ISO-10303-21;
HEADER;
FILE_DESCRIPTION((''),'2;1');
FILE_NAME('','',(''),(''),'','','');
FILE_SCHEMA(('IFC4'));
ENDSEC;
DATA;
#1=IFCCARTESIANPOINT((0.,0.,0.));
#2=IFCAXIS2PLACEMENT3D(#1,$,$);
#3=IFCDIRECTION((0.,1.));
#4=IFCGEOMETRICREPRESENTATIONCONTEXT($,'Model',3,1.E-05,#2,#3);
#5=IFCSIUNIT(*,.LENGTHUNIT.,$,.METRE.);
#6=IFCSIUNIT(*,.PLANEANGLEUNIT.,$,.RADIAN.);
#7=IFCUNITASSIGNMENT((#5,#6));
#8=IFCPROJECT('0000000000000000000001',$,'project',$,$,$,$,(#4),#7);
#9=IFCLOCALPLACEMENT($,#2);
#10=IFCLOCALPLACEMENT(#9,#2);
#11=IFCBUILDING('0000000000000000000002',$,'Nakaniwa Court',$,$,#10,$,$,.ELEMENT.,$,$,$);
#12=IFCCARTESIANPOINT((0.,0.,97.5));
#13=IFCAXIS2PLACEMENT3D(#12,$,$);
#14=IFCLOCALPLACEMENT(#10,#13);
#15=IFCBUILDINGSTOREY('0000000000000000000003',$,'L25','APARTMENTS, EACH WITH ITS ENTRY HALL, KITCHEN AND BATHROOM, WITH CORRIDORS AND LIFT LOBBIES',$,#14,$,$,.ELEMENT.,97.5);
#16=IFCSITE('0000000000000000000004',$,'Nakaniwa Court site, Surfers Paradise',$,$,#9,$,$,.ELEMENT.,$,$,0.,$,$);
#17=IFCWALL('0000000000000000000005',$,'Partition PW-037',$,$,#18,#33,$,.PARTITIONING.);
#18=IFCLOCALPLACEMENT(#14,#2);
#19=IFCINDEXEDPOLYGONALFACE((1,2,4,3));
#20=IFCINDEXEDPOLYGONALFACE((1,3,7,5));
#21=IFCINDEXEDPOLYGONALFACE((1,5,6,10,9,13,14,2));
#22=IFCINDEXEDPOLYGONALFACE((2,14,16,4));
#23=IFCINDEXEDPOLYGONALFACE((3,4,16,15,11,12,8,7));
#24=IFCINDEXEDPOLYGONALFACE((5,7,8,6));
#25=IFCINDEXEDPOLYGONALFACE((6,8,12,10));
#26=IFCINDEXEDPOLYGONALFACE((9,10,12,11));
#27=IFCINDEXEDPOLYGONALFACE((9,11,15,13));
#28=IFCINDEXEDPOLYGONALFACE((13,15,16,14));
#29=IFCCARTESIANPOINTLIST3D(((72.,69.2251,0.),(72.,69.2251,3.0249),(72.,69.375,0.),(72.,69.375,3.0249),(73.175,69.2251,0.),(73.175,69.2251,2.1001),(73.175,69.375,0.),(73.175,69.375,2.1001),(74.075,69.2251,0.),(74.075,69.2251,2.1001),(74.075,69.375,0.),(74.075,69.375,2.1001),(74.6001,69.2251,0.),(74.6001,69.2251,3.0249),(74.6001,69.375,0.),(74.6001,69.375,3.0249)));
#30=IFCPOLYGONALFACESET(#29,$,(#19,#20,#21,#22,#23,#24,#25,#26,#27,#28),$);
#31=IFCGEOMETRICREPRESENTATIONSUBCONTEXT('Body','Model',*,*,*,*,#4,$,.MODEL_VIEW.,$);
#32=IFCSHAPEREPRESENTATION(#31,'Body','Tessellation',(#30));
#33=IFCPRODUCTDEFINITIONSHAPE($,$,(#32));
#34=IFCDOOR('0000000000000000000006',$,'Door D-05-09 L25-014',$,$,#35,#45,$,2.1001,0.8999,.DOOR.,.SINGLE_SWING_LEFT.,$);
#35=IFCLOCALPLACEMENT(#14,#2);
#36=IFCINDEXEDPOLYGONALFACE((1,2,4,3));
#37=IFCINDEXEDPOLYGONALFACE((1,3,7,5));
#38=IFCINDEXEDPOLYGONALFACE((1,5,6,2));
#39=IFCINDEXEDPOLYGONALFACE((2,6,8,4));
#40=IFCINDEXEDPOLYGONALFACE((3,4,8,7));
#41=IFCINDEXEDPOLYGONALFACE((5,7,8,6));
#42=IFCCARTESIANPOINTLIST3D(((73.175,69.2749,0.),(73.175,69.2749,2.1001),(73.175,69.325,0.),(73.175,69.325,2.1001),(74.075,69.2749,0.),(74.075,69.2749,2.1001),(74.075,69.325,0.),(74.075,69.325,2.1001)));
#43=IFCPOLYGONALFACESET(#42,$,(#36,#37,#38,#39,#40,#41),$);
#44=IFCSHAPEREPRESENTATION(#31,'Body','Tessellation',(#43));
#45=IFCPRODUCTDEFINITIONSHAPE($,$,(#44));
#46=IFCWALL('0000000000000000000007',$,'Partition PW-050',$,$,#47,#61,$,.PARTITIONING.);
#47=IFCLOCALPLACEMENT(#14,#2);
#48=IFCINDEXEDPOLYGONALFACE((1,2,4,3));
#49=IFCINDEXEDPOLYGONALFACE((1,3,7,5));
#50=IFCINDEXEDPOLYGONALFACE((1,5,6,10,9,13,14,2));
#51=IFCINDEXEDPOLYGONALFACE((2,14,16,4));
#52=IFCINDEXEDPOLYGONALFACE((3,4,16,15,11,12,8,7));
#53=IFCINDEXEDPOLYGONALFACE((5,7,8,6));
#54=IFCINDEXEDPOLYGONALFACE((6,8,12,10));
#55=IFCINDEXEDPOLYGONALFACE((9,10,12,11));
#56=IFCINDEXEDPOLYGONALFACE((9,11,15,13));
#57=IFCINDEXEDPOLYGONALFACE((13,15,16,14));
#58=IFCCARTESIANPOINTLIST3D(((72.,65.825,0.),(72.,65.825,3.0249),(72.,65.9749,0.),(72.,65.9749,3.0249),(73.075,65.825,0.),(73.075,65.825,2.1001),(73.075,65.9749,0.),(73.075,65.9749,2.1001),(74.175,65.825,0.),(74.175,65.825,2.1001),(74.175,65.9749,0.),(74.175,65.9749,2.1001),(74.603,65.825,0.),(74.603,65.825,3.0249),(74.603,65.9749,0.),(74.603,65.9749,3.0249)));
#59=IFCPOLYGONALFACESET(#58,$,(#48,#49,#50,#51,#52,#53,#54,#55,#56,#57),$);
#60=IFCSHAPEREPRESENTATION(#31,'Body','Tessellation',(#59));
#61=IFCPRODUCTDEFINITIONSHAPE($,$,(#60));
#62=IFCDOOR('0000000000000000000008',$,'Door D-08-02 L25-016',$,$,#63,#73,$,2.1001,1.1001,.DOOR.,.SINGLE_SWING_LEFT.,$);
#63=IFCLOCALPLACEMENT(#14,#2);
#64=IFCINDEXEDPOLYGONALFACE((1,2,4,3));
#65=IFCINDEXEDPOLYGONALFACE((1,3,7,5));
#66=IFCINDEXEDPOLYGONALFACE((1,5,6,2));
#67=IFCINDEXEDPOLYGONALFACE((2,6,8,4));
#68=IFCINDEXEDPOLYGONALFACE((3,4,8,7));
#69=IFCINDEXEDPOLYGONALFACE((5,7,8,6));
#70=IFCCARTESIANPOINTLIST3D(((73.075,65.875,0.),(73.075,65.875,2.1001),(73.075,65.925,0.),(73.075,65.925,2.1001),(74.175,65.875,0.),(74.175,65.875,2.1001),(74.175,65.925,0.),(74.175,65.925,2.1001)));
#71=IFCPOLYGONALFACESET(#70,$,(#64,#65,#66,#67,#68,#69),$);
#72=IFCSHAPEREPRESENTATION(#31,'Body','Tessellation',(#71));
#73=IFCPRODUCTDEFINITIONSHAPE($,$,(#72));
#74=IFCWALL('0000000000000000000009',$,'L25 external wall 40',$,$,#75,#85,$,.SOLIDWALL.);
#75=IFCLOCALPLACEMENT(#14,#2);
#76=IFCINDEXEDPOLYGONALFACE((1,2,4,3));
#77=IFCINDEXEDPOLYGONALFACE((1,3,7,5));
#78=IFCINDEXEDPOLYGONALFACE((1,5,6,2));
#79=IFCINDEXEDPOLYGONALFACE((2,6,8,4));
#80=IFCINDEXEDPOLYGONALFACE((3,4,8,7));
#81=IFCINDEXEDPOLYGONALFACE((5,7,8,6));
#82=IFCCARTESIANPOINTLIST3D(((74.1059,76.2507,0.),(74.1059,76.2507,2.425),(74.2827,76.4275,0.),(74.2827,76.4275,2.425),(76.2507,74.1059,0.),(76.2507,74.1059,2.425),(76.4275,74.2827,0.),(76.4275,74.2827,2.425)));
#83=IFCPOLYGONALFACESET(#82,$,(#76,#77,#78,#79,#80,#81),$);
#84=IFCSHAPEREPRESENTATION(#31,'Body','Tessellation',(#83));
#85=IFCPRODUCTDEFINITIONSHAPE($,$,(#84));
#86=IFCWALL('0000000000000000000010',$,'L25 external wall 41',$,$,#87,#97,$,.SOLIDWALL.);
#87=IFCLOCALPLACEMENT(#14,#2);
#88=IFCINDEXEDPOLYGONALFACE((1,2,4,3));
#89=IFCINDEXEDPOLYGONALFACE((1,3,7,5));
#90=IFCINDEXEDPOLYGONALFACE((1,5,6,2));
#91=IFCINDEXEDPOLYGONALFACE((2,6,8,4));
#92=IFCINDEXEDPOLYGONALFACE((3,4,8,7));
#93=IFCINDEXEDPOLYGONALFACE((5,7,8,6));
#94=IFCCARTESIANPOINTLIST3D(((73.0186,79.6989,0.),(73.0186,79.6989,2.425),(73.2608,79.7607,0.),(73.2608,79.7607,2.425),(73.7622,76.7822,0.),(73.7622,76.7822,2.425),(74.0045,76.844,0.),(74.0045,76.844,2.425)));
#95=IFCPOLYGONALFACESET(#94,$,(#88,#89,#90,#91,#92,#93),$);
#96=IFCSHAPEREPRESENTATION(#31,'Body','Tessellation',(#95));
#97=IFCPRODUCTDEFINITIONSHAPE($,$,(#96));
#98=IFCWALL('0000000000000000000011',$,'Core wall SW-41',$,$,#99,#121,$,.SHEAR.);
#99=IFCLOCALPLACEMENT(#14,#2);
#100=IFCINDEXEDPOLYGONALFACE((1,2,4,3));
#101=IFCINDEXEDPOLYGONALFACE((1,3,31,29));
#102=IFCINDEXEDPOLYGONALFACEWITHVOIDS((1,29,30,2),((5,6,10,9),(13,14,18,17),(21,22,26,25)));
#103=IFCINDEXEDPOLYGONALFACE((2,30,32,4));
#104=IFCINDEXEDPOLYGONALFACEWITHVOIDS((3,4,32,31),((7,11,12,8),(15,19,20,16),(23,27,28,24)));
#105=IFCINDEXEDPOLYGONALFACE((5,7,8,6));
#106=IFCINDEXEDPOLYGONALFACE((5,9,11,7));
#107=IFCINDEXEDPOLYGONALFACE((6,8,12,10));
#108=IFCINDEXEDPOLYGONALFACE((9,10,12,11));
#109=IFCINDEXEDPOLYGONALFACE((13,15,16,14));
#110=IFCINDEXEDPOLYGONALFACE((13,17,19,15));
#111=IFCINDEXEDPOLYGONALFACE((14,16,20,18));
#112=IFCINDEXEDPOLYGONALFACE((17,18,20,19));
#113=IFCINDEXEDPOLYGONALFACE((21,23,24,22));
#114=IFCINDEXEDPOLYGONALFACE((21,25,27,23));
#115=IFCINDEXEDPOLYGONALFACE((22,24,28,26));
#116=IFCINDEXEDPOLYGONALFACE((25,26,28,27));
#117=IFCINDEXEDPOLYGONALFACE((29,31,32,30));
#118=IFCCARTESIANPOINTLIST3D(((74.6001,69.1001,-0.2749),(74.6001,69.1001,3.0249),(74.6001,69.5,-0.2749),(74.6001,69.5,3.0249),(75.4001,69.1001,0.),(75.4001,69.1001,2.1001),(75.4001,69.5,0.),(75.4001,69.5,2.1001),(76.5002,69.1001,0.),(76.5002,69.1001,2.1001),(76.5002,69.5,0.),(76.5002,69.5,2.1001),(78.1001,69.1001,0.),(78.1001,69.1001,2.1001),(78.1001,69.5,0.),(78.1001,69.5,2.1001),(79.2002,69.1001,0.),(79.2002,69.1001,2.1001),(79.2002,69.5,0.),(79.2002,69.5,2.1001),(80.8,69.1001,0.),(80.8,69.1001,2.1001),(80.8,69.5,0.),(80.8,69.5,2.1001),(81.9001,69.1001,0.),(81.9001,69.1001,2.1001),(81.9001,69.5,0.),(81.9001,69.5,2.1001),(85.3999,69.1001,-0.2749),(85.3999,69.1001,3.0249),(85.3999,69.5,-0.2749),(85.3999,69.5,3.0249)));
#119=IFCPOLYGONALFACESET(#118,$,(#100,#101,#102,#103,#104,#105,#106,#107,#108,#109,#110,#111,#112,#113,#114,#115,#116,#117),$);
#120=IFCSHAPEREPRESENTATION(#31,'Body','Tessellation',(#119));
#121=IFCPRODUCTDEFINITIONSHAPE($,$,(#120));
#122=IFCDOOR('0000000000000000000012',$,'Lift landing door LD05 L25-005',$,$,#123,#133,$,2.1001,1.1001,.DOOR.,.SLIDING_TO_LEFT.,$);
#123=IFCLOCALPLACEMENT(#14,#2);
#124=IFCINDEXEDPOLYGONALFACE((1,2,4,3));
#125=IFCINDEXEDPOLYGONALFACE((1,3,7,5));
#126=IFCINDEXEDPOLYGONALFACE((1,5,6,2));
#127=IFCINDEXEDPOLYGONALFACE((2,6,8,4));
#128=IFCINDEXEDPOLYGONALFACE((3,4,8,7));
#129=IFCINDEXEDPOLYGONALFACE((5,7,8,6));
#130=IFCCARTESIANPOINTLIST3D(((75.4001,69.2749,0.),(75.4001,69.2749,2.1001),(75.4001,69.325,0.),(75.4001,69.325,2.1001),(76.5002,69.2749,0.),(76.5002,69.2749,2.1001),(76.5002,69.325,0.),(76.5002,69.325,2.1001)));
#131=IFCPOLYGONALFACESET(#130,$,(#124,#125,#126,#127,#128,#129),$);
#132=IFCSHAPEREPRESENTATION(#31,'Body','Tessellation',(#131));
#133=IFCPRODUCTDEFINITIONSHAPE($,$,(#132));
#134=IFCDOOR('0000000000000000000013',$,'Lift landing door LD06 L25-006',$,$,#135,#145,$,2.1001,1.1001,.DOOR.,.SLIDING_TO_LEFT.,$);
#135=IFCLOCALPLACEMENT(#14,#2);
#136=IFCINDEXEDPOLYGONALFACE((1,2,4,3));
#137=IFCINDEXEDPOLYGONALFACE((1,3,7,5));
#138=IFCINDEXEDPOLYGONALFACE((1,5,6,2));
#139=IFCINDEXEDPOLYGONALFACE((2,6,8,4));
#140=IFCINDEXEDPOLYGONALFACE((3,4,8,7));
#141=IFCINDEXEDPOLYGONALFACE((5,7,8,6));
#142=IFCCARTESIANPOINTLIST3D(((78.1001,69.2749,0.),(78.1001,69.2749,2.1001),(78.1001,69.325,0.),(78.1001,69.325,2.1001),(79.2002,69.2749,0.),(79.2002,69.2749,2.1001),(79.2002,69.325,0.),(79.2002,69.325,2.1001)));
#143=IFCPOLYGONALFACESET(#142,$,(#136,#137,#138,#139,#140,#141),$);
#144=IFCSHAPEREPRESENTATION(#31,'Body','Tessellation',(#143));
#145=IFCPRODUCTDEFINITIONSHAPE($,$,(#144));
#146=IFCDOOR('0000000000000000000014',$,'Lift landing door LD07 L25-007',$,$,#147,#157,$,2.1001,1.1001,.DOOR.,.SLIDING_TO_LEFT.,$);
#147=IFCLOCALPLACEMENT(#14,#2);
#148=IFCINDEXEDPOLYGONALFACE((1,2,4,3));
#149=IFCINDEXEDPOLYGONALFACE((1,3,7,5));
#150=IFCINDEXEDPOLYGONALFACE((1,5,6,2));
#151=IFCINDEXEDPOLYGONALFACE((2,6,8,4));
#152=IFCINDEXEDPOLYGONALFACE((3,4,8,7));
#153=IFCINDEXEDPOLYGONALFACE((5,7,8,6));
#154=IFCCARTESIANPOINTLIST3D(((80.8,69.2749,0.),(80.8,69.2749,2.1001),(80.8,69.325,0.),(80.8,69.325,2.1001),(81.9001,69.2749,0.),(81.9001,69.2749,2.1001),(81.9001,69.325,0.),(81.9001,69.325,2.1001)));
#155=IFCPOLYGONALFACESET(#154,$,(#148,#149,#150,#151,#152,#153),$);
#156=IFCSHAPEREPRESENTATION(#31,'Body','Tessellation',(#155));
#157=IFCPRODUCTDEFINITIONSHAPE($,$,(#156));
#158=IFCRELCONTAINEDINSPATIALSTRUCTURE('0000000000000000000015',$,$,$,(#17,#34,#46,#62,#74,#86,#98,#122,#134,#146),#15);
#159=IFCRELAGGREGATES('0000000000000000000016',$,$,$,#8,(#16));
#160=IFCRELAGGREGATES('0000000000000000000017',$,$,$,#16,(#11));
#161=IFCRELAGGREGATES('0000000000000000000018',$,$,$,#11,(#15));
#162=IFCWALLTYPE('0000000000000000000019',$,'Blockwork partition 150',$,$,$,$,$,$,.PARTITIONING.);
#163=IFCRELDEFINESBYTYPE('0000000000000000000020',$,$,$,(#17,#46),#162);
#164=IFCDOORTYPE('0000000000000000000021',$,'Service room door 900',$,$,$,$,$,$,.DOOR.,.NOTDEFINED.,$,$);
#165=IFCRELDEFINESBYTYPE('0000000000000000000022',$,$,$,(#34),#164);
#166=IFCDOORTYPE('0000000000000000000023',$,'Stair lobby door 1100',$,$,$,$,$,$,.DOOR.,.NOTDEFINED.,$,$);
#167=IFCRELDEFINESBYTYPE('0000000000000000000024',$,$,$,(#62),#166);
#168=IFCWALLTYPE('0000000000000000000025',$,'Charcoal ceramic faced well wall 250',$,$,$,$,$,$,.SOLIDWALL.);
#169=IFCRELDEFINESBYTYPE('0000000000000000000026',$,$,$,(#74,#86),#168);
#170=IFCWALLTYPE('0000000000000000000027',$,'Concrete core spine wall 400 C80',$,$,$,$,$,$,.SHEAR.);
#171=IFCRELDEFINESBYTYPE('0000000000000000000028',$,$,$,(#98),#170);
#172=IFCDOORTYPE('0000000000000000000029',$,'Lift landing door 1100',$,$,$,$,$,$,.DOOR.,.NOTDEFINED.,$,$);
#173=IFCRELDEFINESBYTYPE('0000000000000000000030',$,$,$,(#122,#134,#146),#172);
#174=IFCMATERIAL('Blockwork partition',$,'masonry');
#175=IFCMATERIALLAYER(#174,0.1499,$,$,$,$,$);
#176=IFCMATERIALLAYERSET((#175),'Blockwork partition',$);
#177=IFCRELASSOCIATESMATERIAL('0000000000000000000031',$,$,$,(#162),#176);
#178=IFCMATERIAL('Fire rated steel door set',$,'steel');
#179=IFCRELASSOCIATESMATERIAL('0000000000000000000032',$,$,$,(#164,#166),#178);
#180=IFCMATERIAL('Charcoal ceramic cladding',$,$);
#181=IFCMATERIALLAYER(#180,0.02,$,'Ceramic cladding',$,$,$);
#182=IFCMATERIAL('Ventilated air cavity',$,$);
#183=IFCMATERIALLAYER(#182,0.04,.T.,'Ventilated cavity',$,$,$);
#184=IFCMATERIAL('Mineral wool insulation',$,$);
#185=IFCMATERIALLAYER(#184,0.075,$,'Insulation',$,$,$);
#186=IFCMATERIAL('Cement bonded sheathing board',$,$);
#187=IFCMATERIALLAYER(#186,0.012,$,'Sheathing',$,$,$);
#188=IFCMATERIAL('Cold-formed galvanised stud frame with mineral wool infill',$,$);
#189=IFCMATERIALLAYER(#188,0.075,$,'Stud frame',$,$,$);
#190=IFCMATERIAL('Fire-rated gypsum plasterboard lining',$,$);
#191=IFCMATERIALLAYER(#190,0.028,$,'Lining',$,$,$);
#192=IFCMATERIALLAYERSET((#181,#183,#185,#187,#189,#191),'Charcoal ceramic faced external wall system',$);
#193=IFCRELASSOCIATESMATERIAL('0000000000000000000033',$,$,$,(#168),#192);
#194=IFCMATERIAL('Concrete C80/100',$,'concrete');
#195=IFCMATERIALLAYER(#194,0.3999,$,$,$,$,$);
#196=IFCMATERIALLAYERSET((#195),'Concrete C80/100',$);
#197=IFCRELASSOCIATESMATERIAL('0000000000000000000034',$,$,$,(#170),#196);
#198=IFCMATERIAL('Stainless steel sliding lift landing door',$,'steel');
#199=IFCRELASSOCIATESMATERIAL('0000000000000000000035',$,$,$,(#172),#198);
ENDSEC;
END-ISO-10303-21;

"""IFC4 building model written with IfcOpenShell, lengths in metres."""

from ifc_helpers import new_model, si_unit, direction, frame, frame_2d, origin, place, context, subcontext, project, spatial, rectangle, extrude, material, layer, layer_set, type_object, element, fill, save


model = new_model("IFC4")

# Units and contexts
model_context = context("Model", 3, precision=1e-05, world=origin(), true_north=direction((0.0, 1.0)))
body_context = subcontext(model_context, "Body", "Model", "MODEL_VIEW")
ifc_project = project(units=[si_unit("LENGTHUNIT", "METRE"), si_unit("PLANEANGLEUNIT", "RADIAN")], contexts=[model_context])

# Site, building, storey
site_placement = place(None, origin())
site = spatial("IfcSite", under=ifc_project, at=site_placement, Name="Nakaniwa Court site, Surfers Paradise", CompositionType="ELEMENT", RefElevation=0.0)
building_placement = place(site_placement, origin())
building = spatial("IfcBuilding", under=site, at=building_placement, Name="Nakaniwa Court", CompositionType="ELEMENT")
storey_placement = place(building_placement, frame((0.0, 0.0, 97.5)))
storey = spatial("IfcBuildingStorey", under=building, at=storey_placement, Name="L25", Description="APARTMENTS, EACH WITH ITS ENTRY HALL, KITCHEN AND BATHROOM, WITH CORRIDORS AND LIFT LOBBIES", CompositionType="ELEMENT", Elevation=97.5)

# Shared definitions
ifc_material_1 = material(Name="Concrete C80/100", Category="concrete")

# Walls, openings, doors
ifc_material_2 = material(Name="Blockwork partition", Category="masonry")
ifc_layer_1 = layer(ifc_material_2, 0.1499)
ifc_layer_set_1 = layer_set([ifc_layer_1], Name="Blockwork partition")
wall_type_1 = type_object("IfcWallType", Name="Blockwork partition 150", PredefinedType="PARTITIONING", material=ifc_layer_set_1)
wall_1_placement = place(storey_placement, frame((72.0, 69.3, 0.0), z_axis=(0.0, 0.0, 1.0), x_axis=(1.0, 0.0, 0.0)))
wall_1 = element("IfcWall", 1, at=wall_1_placement, inside=storey, type_object=wall_type_1, Name="Partition PW-037", PredefinedType="PARTITIONING", context=body_context, shape_type="SweptSolid", body=[
    extrude(rectangle(XDim=2.6001, YDim=0.1499, at=frame_2d((1.3, 0.0))), origin(), (0.0, 0.0, 1.0), 3.0249),
])
opening_1_placement = place(wall_1_placement, frame((1.175, 0.0, 0.0)))
opening_1 = element("IfcOpeningElement", 2, at=opening_1_placement, cuts=wall_1, PredefinedType="OPENING", context=body_context, shape_type="SweptSolid", body=[
    extrude(rectangle(XDim=0.8999, YDim=2.1001, at=frame_2d((0.45, 1.05))), frame((0.0, 0.085, 0.0), z_axis=(0.0, -1.0, 0.0), x_axis=(1.0, 0.0, 0.0)), (0.0, 0.0, 1.0), 0.1699),
])
ifc_material_3 = material(Name="Fire rated steel door set", Category="steel")
door_type_1 = type_object("IfcDoorType", Name="Service room door 900", OperationType="NOTDEFINED", PredefinedType="DOOR", material=ifc_material_3)
door_1_placement = place(opening_1_placement, origin())
door_1 = element("IfcDoor", 3, at=door_1_placement, inside=storey, type_object=door_type_1, Name="Door D-05-09 L25-014", OperationType="SINGLE_SWING_LEFT", OverallHeight=2.1001, OverallWidth=0.8999, PredefinedType="DOOR", context=body_context, shape_type="SweptSolid", body=[
    extrude(rectangle(XDim=0.8999, YDim=2.1001, at=frame_2d((0.45, 1.05))), frame((0.0, 0.0249, 0.0), z_axis=(0.0, -1.0, 0.0), x_axis=(1.0, 0.0, 0.0)), (0.0, 0.0, 1.0), 0.05),
])
fill(opening_1, door_1)
wall_2_placement = place(storey_placement, frame((74.603, 65.8999, 0.0), z_axis=(0.0, 0.0, 1.0), x_axis=(-1.0, 0.0, 0.0)))
wall_2 = element("IfcWall", 4, at=wall_2_placement, inside=storey, type_object=wall_type_1, Name="Partition PW-050", PredefinedType="PARTITIONING", context=body_context, shape_type="SweptSolid", body=[
    extrude(rectangle(XDim=2.603, YDim=0.1499, at=frame_2d((1.3015, 0.0))), origin(), (0.0, 0.0, 1.0), 3.0249),
])
opening_2_placement = place(wall_2_placement, frame((0.428, 0.0, 0.0)))
opening_2 = element("IfcOpeningElement", 5, at=opening_2_placement, cuts=wall_2, PredefinedType="OPENING", context=body_context, shape_type="SweptSolid", body=[
    extrude(rectangle(XDim=1.1001, YDim=2.1001, at=frame_2d((0.55, 1.05))), frame((0.0, 0.085, 0.0), z_axis=(0.0, -1.0, 0.0), x_axis=(1.0, 0.0, 0.0)), (0.0, 0.0, 1.0), 0.1699),
])
door_type_2 = type_object("IfcDoorType", Name="Stair lobby door 1100", OperationType="NOTDEFINED", PredefinedType="DOOR", material=ifc_material_3)
door_2_placement = place(opening_2_placement, origin())
door_2 = element("IfcDoor", 6, at=door_2_placement, inside=storey, type_object=door_type_2, Name="Door D-08-02 L25-016", OperationType="SINGLE_SWING_LEFT", OverallHeight=2.1001, OverallWidth=1.1001, PredefinedType="DOOR", context=body_context, shape_type="SweptSolid", body=[
    extrude(rectangle(XDim=1.1001, YDim=2.1001, at=frame_2d((0.55, 1.05))), frame((0.0, 0.0249, 0.0), z_axis=(0.0, -1.0, 0.0), x_axis=(1.0, 0.0, 0.0)), (0.0, 0.0, 1.0), 0.05),
])
fill(opening_2, door_2)

# Walls
ifc_material_4 = material(Name="Charcoal ceramic cladding")
ifc_layer_2 = layer(ifc_material_4, 0.02, Name="Ceramic cladding")
ifc_material_5 = material(Name="Ventilated air cavity")
ifc_layer_3 = layer(ifc_material_5, 0.04, ventilated=True, Name="Ventilated cavity")
ifc_material_6 = material(Name="Mineral wool insulation")
ifc_layer_4 = layer(ifc_material_6, 0.075, Name="Insulation")
ifc_material_7 = material(Name="Cement bonded sheathing board")
ifc_layer_5 = layer(ifc_material_7, 0.012, Name="Sheathing")
ifc_material_8 = material(Name="Cold-formed galvanised stud frame with mineral wool infill")
ifc_layer_6 = layer(ifc_material_8, 0.075, Name="Stud frame")
ifc_material_9 = material(Name="Fire-rated gypsum plasterboard lining")
ifc_layer_7 = layer(ifc_material_9, 0.028, Name="Lining")
ifc_layer_set_2 = layer_set([ifc_layer_2, ifc_layer_3, ifc_layer_4, ifc_layer_5, ifc_layer_6, ifc_layer_7], Name="Charcoal ceramic faced external wall system")
wall_type_2 = type_object("IfcWallType", Name="Charcoal ceramic faced well wall 250", PredefinedType="SOLIDWALL", material=ifc_layer_set_2)
wall_3_placement = place(storey_placement, frame((76.3391, 74.1943, 0.0), z_axis=(0.0, 0.0, 1.0), x_axis=(-0.707107, 0.707107, 0.0)))
element("IfcWall", 7, at=wall_3_placement, inside=storey, type_object=wall_type_2, Name="L25 external wall 40", PredefinedType="SOLIDWALL", context=body_context, shape_type="SweptSolid", body=[
    extrude(rectangle(XDim=3.0332, YDim=0.25, at=frame_2d((1.5166, 0.0))), origin(), (0.0, 0.0, 1.0), 2.425),
])
wall_4_placement = place(storey_placement, frame((73.8833, 76.8132, 0.0), z_axis=(0.0, 0.0, 1.0), x_axis=(-0.247056, 0.969001, 0.0)))
element("IfcWall", 8, at=wall_4_placement, inside=storey, type_object=wall_type_2, Name="L25 external wall 41", PredefinedType="SOLIDWALL", context=body_context, shape_type="SweptSolid", body=[
    extrude(rectangle(XDim=3.01, YDim=0.25, at=frame_2d((1.5049, 0.0))), origin(), (0.0, 0.0, 1.0), 2.425),
])

# Wall, openings, doors
ifc_layer_8 = layer(ifc_material_1, 0.3999)
ifc_layer_set_3 = layer_set([ifc_layer_8], Name="Concrete C80/100")
wall_type_3 = type_object("IfcWallType", Name="Concrete core spine wall 400 C80", PredefinedType="SHEAR", material=ifc_layer_set_3)
wall_5_placement = place(storey_placement, frame((74.6001, 69.3, -0.2749), z_axis=(0.0, 0.0, 1.0), x_axis=(1.0, 0.0, 0.0)))
wall_5 = element("IfcWall", 9, at=wall_5_placement, inside=storey, type_object=wall_type_3, Name="Core wall SW-41", PredefinedType="SHEAR", context=body_context, shape_type="SweptSolid", body=[
    extrude(rectangle(XDim=10.7998, YDim=0.3999, at=frame_2d((5.3999, 0.0))), origin(), (0.0, 0.0, 1.0), 3.2998),
])
opening_3_placement = place(wall_5_placement, frame((0.8, 0.0, 0.2749)))
opening_3 = element("IfcOpeningElement", 10, at=opening_3_placement, cuts=wall_5, PredefinedType="OPENING", context=body_context, shape_type="SweptSolid", body=[
    extrude(rectangle(XDim=1.1001, YDim=2.1001, at=frame_2d((0.55, 1.05))), frame((0.0, 0.21, 0.0), z_axis=(0.0, -1.0, 0.0), x_axis=(1.0, 0.0, 0.0)), (0.0, 0.0, 1.0), 0.4199),
])
opening_4_placement = place(wall_5_placement, frame((3.5, 0.0, 0.2749)))
opening_4 = element("IfcOpeningElement", 11, at=opening_4_placement, cuts=wall_5, PredefinedType="OPENING", context=body_context, shape_type="SweptSolid", body=[
    extrude(rectangle(XDim=1.1001, YDim=2.1001, at=frame_2d((0.55, 1.05))), frame((0.0, 0.21, 0.0), z_axis=(0.0, -1.0, 0.0), x_axis=(1.0, 0.0, 0.0)), (0.0, 0.0, 1.0), 0.4199),
])
opening_5_placement = place(wall_5_placement, frame((6.2, 0.0, 0.2749)))
opening_5 = element("IfcOpeningElement", 12, at=opening_5_placement, cuts=wall_5, PredefinedType="OPENING", context=body_context, shape_type="SweptSolid", body=[
    extrude(rectangle(XDim=1.1001, YDim=2.1001, at=frame_2d((0.55, 1.05))), frame((0.0, 0.21, 0.0), z_axis=(0.0, -1.0, 0.0), x_axis=(1.0, 0.0, 0.0)), (0.0, 0.0, 1.0), 0.4199),
])
ifc_material_10 = material(Name="Stainless steel sliding lift landing door", Category="steel")
door_type_3 = type_object("IfcDoorType", Name="Lift landing door 1100", OperationType="NOTDEFINED", PredefinedType="DOOR", material=ifc_material_10)
door_3_placement = place(opening_3_placement, origin())
door_3 = element("IfcDoor", 13, at=door_3_placement, inside=storey, type_object=door_type_3, Name="Lift landing door LD05 L25-005", OperationType="SLIDING_TO_LEFT", OverallHeight=2.1001, OverallWidth=1.1001, PredefinedType="DOOR", context=body_context, shape_type="SweptSolid", body=[
    extrude(rectangle(XDim=1.1001, YDim=2.1001, at=frame_2d((0.55, 1.05))), frame((0.0, 0.0249, 0.0), z_axis=(0.0, -1.0, 0.0), x_axis=(1.0, 0.0, 0.0)), (0.0, 0.0, 1.0), 0.05),
])
fill(opening_3, door_3)
door_4_placement = place(opening_4_placement, origin())
door_4 = element("IfcDoor", 14, at=door_4_placement, inside=storey, type_object=door_type_3, Name="Lift landing door LD06 L25-006", OperationType="SLIDING_TO_LEFT", OverallHeight=2.1001, OverallWidth=1.1001, PredefinedType="DOOR", context=body_context, shape_type="SweptSolid", body=[
    extrude(rectangle(XDim=1.1001, YDim=2.1001, at=frame_2d((0.55, 1.05))), frame((0.0, 0.0249, 0.0), z_axis=(0.0, -1.0, 0.0), x_axis=(1.0, 0.0, 0.0)), (0.0, 0.0, 1.0), 0.05),
])
fill(opening_4, door_4)
door_5_placement = place(opening_5_placement, origin())
door_5 = element("IfcDoor", 15, at=door_5_placement, inside=storey, type_object=door_type_3, Name="Lift landing door LD07 L25-007", OperationType="SLIDING_TO_LEFT", OverallHeight=2.1001, OverallWidth=1.1001, PredefinedType="DOOR", context=body_context, shape_type="SweptSolid", body=[
    extrude(rectangle(XDim=1.1001, YDim=2.1001, at=frame_2d((0.55, 1.05))), frame((0.0, 0.0249, 0.0), z_axis=(0.0, -1.0, 0.0), x_axis=(1.0, 0.0, 0.0)), (0.0, 0.0, 1.0), 0.05),
])
fill(opening_5, door_5)

save(model, "model.ifc")
